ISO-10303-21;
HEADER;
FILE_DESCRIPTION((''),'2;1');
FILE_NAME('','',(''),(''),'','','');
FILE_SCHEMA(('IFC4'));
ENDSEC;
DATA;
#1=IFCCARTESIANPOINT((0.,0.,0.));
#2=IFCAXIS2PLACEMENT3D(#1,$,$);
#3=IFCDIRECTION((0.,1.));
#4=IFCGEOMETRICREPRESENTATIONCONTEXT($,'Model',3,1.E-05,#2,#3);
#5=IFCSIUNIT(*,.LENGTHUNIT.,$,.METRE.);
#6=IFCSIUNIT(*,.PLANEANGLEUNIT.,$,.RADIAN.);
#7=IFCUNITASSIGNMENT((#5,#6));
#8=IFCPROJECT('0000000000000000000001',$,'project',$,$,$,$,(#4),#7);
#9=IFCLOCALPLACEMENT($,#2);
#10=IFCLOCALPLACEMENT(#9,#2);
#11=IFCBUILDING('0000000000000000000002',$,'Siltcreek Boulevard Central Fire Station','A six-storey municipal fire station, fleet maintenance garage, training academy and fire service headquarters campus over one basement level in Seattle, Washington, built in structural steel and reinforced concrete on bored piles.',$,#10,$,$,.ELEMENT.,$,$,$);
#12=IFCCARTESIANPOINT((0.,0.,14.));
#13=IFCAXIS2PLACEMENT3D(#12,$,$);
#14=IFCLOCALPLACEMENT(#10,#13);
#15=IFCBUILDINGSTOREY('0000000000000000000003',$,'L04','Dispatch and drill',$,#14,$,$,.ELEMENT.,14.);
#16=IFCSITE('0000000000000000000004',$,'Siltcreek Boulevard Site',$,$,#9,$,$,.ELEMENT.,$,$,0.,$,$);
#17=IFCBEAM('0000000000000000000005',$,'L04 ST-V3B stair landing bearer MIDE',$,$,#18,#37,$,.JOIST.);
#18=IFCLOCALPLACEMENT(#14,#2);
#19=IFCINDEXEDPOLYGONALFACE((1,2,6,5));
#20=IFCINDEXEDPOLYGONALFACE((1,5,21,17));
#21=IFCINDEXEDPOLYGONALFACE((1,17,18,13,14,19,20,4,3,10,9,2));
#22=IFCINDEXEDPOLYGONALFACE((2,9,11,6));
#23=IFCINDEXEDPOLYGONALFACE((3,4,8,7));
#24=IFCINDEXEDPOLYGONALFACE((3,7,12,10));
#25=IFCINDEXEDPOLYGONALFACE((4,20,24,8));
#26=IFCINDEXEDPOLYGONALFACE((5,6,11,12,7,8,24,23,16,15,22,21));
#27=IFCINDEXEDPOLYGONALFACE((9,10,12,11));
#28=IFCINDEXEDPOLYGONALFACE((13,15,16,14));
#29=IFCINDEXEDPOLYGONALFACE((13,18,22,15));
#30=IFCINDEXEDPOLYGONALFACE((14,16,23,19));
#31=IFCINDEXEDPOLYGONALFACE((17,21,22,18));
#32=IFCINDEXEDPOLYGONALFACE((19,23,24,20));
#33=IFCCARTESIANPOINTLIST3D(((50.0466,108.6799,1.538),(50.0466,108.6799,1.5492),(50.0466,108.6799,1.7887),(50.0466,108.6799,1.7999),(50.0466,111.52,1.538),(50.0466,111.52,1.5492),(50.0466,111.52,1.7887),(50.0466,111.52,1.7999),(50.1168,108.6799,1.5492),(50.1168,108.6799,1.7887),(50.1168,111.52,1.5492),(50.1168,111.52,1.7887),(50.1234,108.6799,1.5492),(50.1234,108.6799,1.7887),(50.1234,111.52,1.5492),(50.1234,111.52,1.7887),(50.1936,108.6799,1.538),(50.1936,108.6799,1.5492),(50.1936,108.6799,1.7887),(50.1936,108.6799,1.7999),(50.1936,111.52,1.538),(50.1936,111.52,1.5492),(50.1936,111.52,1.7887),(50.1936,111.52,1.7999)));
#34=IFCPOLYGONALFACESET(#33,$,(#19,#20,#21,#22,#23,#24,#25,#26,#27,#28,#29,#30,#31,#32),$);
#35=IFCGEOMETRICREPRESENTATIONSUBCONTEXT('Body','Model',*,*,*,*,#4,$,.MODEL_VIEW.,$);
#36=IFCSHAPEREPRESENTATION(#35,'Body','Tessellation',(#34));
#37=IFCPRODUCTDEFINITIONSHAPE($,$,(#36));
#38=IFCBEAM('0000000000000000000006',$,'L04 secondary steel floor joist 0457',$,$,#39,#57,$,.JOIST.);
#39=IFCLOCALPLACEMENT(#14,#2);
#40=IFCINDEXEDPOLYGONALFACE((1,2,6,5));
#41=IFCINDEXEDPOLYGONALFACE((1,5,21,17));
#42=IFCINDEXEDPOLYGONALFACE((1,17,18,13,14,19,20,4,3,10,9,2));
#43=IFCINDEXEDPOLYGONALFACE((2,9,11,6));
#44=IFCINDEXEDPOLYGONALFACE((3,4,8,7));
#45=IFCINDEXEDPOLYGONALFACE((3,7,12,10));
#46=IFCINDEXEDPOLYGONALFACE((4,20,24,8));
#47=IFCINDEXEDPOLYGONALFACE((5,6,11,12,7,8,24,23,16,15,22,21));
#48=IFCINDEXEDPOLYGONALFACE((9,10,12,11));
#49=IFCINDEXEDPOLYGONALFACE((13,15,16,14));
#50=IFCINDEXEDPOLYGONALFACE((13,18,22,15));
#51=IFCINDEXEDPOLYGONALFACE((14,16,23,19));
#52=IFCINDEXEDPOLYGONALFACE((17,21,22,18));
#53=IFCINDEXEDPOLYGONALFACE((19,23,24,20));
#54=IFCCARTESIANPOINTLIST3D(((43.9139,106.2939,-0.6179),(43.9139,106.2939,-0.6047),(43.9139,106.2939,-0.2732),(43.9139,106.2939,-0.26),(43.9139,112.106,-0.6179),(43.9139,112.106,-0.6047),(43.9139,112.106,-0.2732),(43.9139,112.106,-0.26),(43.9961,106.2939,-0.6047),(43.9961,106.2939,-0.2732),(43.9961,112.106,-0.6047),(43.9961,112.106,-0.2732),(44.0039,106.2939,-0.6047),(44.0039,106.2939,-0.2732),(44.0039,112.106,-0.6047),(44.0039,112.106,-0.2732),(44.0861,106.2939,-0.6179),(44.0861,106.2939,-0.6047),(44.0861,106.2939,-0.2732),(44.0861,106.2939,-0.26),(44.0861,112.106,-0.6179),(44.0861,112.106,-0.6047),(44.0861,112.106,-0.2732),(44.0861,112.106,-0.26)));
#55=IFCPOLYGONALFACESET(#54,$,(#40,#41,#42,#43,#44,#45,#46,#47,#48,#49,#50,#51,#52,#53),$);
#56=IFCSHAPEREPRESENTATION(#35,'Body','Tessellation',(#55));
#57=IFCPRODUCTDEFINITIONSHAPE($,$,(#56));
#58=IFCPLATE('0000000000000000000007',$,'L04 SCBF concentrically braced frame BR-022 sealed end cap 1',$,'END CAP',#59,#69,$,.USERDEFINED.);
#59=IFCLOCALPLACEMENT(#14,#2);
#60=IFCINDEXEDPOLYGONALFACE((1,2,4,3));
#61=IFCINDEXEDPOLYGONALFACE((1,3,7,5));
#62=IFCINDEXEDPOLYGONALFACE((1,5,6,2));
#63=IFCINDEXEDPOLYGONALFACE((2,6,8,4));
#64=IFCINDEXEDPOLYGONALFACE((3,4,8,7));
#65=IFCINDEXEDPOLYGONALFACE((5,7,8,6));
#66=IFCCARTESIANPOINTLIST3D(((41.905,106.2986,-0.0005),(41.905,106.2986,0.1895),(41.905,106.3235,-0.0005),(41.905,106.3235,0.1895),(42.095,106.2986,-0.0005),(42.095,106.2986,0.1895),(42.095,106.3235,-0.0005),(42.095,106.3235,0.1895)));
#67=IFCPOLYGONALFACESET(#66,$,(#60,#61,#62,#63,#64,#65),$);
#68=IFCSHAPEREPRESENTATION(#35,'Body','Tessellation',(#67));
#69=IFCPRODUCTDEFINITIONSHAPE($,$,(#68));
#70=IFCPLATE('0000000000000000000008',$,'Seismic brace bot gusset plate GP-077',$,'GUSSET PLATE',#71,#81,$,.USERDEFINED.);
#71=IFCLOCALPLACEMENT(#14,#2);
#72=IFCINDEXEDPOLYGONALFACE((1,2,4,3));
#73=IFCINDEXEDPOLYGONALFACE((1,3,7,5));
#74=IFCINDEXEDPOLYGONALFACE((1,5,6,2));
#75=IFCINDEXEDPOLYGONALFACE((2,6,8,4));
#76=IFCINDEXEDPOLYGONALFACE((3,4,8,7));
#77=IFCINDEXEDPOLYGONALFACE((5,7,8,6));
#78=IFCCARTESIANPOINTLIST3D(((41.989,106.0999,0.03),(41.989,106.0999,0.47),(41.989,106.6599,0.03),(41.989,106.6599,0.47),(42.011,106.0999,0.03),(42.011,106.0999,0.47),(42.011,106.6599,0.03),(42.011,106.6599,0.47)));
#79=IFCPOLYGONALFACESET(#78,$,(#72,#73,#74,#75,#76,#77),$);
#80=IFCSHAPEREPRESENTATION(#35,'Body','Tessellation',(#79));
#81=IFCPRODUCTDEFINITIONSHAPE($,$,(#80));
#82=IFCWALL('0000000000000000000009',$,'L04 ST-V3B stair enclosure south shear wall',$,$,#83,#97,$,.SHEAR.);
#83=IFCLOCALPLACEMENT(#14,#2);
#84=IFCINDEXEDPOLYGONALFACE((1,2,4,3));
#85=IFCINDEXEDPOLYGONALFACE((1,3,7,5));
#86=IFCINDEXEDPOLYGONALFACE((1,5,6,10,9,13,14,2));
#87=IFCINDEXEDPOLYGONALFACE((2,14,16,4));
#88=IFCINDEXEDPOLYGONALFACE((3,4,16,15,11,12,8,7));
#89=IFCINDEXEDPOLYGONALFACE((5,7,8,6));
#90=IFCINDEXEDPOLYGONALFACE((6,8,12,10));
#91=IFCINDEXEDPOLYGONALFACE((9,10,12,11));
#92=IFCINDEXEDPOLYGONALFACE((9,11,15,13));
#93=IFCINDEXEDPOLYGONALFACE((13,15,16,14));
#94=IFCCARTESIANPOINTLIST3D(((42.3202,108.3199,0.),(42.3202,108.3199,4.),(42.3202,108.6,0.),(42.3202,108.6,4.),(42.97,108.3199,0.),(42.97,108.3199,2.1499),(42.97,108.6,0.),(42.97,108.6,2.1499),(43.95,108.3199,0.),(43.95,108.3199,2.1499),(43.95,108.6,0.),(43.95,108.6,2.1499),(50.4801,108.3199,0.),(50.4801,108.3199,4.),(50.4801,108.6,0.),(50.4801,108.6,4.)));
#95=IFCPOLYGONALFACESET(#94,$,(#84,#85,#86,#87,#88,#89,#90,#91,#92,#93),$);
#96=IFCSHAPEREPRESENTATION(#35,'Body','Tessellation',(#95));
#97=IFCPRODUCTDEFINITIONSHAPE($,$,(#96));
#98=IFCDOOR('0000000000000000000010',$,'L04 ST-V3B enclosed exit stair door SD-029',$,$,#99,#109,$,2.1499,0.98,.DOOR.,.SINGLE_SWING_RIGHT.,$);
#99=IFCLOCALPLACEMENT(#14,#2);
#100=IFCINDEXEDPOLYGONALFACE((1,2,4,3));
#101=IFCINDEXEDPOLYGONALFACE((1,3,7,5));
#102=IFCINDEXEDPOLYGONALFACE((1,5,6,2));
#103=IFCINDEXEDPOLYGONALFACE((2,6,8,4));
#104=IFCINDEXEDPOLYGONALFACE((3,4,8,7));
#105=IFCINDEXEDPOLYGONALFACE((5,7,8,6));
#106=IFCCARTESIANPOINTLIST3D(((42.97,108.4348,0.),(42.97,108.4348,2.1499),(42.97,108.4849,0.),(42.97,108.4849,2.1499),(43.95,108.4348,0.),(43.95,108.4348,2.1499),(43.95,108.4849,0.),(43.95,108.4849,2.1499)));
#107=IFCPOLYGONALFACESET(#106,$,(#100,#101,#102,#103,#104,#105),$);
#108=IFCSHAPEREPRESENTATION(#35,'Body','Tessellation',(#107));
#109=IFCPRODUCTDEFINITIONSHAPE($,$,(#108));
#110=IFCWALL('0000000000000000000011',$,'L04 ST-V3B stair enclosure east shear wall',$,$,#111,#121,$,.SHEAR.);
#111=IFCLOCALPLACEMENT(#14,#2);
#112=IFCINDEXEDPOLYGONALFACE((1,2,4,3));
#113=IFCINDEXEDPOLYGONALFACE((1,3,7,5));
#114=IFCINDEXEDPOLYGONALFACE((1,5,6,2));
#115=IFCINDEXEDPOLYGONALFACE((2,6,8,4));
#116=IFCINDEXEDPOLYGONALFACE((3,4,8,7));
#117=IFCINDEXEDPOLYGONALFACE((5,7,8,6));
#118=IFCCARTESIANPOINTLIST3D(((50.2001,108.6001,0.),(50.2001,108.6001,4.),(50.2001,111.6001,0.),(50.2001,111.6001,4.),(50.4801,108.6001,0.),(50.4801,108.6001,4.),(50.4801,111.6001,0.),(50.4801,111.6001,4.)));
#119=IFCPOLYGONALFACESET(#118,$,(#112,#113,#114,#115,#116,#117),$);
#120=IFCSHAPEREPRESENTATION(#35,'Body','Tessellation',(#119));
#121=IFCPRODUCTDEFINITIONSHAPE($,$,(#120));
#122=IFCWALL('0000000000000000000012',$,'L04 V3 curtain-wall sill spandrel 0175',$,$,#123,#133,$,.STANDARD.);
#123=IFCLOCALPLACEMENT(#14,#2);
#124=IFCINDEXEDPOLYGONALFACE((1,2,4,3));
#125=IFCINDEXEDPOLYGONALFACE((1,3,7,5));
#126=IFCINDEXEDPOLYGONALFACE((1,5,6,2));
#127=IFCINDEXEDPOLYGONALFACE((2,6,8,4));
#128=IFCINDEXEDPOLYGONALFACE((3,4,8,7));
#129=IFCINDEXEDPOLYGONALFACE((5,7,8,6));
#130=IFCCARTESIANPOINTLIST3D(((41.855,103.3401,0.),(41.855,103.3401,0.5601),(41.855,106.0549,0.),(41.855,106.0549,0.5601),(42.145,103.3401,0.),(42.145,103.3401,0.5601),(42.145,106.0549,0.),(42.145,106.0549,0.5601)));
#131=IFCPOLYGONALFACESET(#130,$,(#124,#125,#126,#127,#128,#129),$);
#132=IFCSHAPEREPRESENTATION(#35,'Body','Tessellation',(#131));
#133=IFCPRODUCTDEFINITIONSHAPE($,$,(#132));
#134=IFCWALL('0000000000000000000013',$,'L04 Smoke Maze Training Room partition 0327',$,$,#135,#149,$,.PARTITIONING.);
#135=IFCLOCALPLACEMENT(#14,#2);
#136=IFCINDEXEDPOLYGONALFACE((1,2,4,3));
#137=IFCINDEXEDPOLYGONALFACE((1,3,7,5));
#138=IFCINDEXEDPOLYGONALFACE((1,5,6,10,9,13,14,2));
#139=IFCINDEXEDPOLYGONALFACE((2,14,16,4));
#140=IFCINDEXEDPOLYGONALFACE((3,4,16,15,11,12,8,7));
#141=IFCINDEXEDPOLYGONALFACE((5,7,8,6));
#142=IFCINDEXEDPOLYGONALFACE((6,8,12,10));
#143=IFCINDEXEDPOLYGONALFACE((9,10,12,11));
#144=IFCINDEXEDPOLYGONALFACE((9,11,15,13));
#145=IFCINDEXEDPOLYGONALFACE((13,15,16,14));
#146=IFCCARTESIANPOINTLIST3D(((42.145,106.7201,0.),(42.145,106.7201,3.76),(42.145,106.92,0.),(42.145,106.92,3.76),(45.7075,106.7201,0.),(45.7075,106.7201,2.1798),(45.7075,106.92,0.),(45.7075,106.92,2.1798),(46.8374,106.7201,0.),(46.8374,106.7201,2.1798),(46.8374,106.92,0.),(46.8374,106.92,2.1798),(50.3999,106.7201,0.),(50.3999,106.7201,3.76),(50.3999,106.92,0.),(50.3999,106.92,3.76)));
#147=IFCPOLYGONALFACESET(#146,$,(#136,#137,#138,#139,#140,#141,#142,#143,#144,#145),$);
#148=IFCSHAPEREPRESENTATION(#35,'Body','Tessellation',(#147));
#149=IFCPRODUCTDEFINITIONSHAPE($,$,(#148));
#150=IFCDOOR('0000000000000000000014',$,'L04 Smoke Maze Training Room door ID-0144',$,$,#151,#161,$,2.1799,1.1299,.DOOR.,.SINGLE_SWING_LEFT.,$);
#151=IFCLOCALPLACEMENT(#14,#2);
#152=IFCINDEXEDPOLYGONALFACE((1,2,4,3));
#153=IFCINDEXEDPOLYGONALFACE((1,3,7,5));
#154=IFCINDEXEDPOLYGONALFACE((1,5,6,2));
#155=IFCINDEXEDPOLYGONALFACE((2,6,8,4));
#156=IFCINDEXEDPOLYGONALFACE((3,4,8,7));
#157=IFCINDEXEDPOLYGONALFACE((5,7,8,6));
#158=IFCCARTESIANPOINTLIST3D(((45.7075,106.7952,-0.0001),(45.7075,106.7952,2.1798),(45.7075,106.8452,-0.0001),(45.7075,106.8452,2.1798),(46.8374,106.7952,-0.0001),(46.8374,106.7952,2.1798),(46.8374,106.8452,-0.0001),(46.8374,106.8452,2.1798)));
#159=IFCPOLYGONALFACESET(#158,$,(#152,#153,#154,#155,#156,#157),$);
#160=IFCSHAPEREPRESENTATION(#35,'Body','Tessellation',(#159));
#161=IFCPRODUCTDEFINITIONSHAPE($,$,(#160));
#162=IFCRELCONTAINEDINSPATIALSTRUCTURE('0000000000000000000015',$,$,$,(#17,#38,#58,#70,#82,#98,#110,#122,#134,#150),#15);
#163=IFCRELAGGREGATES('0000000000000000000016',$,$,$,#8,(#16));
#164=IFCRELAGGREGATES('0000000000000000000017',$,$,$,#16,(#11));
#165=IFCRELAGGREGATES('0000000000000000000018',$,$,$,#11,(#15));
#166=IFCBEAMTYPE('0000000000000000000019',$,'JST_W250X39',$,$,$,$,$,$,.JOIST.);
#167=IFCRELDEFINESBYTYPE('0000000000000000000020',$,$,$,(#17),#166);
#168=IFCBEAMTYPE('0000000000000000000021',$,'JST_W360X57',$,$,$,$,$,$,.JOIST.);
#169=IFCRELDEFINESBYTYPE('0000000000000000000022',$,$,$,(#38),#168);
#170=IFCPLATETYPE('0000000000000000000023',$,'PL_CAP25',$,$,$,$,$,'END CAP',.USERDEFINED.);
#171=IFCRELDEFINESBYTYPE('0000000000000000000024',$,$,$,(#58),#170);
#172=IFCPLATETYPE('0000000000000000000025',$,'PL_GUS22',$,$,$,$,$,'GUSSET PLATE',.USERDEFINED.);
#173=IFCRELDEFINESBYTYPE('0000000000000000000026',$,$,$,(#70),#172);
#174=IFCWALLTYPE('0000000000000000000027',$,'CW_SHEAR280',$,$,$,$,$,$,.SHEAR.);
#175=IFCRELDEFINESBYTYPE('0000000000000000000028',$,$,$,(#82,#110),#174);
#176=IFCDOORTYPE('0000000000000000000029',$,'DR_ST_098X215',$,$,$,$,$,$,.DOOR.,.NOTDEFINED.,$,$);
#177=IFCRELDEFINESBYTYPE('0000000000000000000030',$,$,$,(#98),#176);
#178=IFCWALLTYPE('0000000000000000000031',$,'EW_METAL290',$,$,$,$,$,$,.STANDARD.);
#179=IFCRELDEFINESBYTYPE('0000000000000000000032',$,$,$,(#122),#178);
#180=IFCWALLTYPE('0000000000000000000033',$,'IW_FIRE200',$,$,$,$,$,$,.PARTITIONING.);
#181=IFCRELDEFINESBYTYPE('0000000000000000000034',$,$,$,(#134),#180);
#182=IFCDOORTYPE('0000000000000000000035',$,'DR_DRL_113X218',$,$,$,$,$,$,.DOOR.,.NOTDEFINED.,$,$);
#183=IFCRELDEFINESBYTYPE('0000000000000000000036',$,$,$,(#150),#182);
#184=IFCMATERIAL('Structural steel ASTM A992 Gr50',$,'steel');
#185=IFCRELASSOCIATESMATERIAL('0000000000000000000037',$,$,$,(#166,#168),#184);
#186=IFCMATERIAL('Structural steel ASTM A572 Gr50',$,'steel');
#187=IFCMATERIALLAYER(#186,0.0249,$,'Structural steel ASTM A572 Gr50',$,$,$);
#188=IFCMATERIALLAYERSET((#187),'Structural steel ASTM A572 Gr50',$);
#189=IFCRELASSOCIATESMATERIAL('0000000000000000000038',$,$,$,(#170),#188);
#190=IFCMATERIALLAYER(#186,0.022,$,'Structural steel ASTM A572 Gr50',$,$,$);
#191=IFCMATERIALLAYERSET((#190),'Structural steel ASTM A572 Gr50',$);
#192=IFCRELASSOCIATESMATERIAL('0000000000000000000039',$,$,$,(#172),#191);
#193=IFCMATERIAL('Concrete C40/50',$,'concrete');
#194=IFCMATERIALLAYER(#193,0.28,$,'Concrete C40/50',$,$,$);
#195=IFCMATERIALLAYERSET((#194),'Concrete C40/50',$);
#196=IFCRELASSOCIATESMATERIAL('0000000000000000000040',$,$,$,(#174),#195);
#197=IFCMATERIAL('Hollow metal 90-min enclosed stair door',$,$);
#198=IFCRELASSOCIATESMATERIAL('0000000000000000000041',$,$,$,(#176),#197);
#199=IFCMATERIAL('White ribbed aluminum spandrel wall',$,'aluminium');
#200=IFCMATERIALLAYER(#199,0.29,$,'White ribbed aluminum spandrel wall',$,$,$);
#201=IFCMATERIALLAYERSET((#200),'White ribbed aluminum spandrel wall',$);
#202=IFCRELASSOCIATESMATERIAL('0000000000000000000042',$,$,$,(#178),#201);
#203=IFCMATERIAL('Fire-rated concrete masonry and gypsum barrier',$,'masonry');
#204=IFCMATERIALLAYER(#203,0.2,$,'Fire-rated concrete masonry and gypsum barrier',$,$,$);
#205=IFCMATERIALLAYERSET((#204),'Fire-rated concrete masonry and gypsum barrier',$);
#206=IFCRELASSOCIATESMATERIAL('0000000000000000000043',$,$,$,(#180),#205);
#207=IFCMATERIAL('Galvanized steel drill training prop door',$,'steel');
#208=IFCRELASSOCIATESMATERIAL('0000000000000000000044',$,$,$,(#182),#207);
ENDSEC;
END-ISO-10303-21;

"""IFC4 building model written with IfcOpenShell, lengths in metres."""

from ifc_helpers import new_model, si_unit, direction, frame, frame_2d, origin, origin_2d, place, context, subcontext, project, spatial, rectangle, i_section, extrude, material, layer, layer_set, material_profile, profile_set, type_object, element, fill, save


model = new_model("IFC4")

# Units and contexts
model_context = context("Model", 3, precision=1e-05, world=origin(), true_north=direction((0.0, 1.0)))
body_context = subcontext(model_context, "Body", "Model", "MODEL_VIEW")
ifc_project = project(units=[si_unit("LENGTHUNIT", "METRE"), si_unit("PLANEANGLEUNIT", "RADIAN")], contexts=[model_context])

# Site, building, storey
site_placement = place(None, origin())
site = spatial("IfcSite", under=ifc_project, at=site_placement, Name="Siltcreek Boulevard Site", CompositionType="ELEMENT", RefElevation=0.0)
building_placement = place(site_placement, origin())
building = spatial("IfcBuilding", under=site, at=building_placement, Name="Siltcreek Boulevard Central Fire Station", Description="A six-storey municipal fire station, fleet maintenance garage, training academy and fire service headquarters campus over one basement level in Seattle, Washington, built in structural steel and reinforced concrete on bored piles.", CompositionType="ELEMENT")
storey_placement = place(building_placement, frame((0.0, 0.0, 14.0)))
storey = spatial("IfcBuildingStorey", under=building, at=storey_placement, Name="L04", Description="Dispatch and drill", CompositionType="ELEMENT", Elevation=14.0)

# Shared definitions
ifc_material_1 = material(Name="Structural steel ASTM A992 Gr50", Category="steel")

# Beams
ifc_material_profile_1 = material_profile(ifc_material_1, i_section(OverallWidth=0.147, OverallDepth=0.262, WebThickness=0.0066, FlangeThickness=0.0112, at=origin_2d()), Name="W250X39")
ifc_profile_set_1 = profile_set([ifc_material_profile_1], Name="Structural steel ASTM A992 Gr50")
beam_type_1 = type_object("IfcBeamType", Name="JST_W250X39", PredefinedType="JOIST", material=ifc_profile_set_1)
for number, where, z_axis, x_axis, name in (
    (1, (50.1201, 108.6799, 1.6689), (0.0, 1.0, 0.0), (-1.0, 0.0, 0.0), "L04 ST-V3B stair landing bearer MIDE"),
):
    element("IfcBeam", number, at=place(storey_placement, frame(where, z_axis=z_axis, x_axis=x_axis)), inside=storey, type_object=beam_type_1, Name=name, PredefinedType="JOIST", context=body_context, shape_type="SweptSolid", body=[
        extrude(i_section(OverallWidth=0.147, OverallDepth=0.262, WebThickness=0.0066, FlangeThickness=0.0112, at=origin_2d()), origin(), (0.0, 0.0, 1.0), 2.8401),
    ])
ifc_material_profile_2 = material_profile(ifc_material_1, i_section(OverallWidth=0.1721, OverallDepth=0.3579, WebThickness=0.0078, FlangeThickness=0.0132, at=origin_2d()), Name="W360X57")
ifc_profile_set_2 = profile_set([ifc_material_profile_2], Name="Structural steel ASTM A992 Gr50")
beam_type_2 = type_object("IfcBeamType", Name="JST_W360X57", PredefinedType="JOIST", material=ifc_profile_set_2)
beam_1_placement = place(storey_placement, frame((44.0, 106.2939, -0.439), z_axis=(0.0, 1.0, 0.0), x_axis=(-1.0, 0.0, 0.0)))
element("IfcBeam", 2, at=beam_1_placement, inside=storey, type_object=beam_type_2, Name="L04 secondary steel floor joist 0457", PredefinedType="JOIST", context=body_context, shape_type="SweptSolid", body=[
    extrude(i_section(OverallWidth=0.1721, OverallDepth=0.3579, WebThickness=0.0078, FlangeThickness=0.0132, at=origin_2d()), origin(), (0.0, 0.0, 1.0), 5.812),
])

# Plates
ifc_material_2 = material(Name="Structural steel ASTM A572 Gr50", Category="steel")
ifc_layer_1 = layer(ifc_material_2, 0.0249, Name="Structural steel ASTM A572 Gr50")
ifc_layer_set_1 = layer_set([ifc_layer_1], Name="Structural steel ASTM A572 Gr50")
plate_type_1 = type_object("IfcPlateType", Name="PL_CAP25", ElementType="END CAP", PredefinedType="USERDEFINED", material=ifc_layer_set_1)
plate_1_placement = place(storey_placement, frame((42.0, 106.311, -0.0005), z_axis=(0.0, 0.0, 1.0), x_axis=(0.0, 1.0, 0.0)))
element("IfcPlate", 3, at=plate_1_placement, inside=storey, type_object=plate_type_1, Name="L04 SCBF concentrically braced frame BR-022 sealed end cap 1", ObjectType="END CAP", PredefinedType="USERDEFINED", context=body_context, shape_type="SweptSolid", body=[
    extrude(rectangle(XDim=0.0249, YDim=0.1899, at=origin_2d()), origin(), (0.0, 0.0, 1.0), 0.1899),
])
ifc_layer_2 = layer(ifc_material_2, 0.022, Name="Structural steel ASTM A572 Gr50")
ifc_layer_set_2 = layer_set([ifc_layer_2], Name="Structural steel ASTM A572 Gr50")
plate_type_2 = type_object("IfcPlateType", Name="PL_GUS22", ElementType="GUSSET PLATE", PredefinedType="USERDEFINED", material=ifc_layer_set_2)
plate_2_placement = place(storey_placement, frame((42.0, 106.3799, 0.03), z_axis=(0.0, 0.0, 1.0), x_axis=(0.0, 1.0, 0.0)))
element("IfcPlate", 4, at=plate_2_placement, inside=storey, type_object=plate_type_2, Name="Seismic brace bot gusset plate GP-077", ObjectType="GUSSET PLATE", PredefinedType="USERDEFINED", context=body_context, shape_type="SweptSolid", body=[
    extrude(rectangle(XDim=0.5601, YDim=0.022, at=origin_2d()), origin(), (0.0, 0.0, 1.0), 0.4399),
])

# Wall, opening, door
ifc_material_3 = material(Name="Concrete C40/50", Category="concrete")
ifc_layer_3 = layer(ifc_material_3, 0.28, Name="Concrete C40/50")
ifc_layer_set_3 = layer_set([ifc_layer_3], Name="Concrete C40/50")
wall_type_1 = type_object("IfcWallType", Name="CW_SHEAR280", PredefinedType="SHEAR", material=ifc_layer_set_3)
wall_1_placement = place(storey_placement, frame((42.3201, 108.46, 0.0), z_axis=(0.0, 0.0, 1.0), x_axis=(1.0, 0.0, 0.0)))
wall_1 = element("IfcWall", 5, at=wall_1_placement, inside=storey, type_object=wall_type_1, Name="L04 ST-V3B stair enclosure south shear wall", PredefinedType="SHEAR", context=body_context, shape_type="SweptSolid", body=[
    extrude(rectangle(XDim=8.1599, YDim=0.28, at=frame_2d((4.0801, 0.0))), origin(), (0.0, 0.0, 1.0), 4.0),
])
opening_1_placement = place(wall_1_placement, frame((0.6499, 0.0, 0.0)))
opening_1 = element("IfcOpeningElement", 6, at=opening_1_placement, cuts=wall_1, PredefinedType="OPENING", context=body_context, shape_type="SweptSolid", body=[
    extrude(rectangle(XDim=0.98, YDim=2.1499, at=frame_2d((0.49, 1.075))), frame((0.0, 0.1499, 0.0), z_axis=(0.0, -1.0, 0.0), x_axis=(1.0, 0.0, 0.0)), (0.0, 0.0, 1.0), 0.3),
])
ifc_material_4 = material(Name="Hollow metal 90-min enclosed stair door")
door_type_1 = type_object("IfcDoorType", Name="DR_ST_098X215", OperationType="NOTDEFINED", PredefinedType="DOOR", material=ifc_material_4)
door_1_placement = place(opening_1_placement, origin())
door_1 = element("IfcDoor", 7, at=door_1_placement, inside=storey, type_object=door_type_1, Name="L04 ST-V3B enclosed exit stair door SD-029", OperationType="SINGLE_SWING_RIGHT", OverallHeight=2.1499, OverallWidth=0.98, PredefinedType="DOOR", context=body_context, shape_type="SweptSolid", body=[
    extrude(rectangle(XDim=0.98, YDim=2.1499, at=frame_2d((0.49, 1.075))), frame((0.0, 0.0249, 0.0), z_axis=(0.0, -1.0, 0.0), x_axis=(1.0, 0.0, 0.0)), (0.0, 0.0, 1.0), 0.05),
])
fill(opening_1, door_1)

# Walls
wall_2_placement = place(storey_placement, frame((50.3401, 108.6001, 0.0), z_axis=(0.0, 0.0, 1.0), x_axis=(0.0, 1.0, 0.0)))
element("IfcWall", 8, at=wall_2_placement, inside=storey, type_object=wall_type_1, Name="L04 ST-V3B stair enclosure east shear wall", PredefinedType="SHEAR", context=body_context, shape_type="SweptSolid", body=[
    extrude(rectangle(XDim=3.0, YDim=0.28, at=frame_2d((1.5, 0.0))), origin(), (0.0, 0.0, 1.0), 4.0),
])
ifc_material_5 = material(Name="White ribbed aluminum spandrel wall", Category="aluminium")
ifc_layer_4 = layer(ifc_material_5, 0.29, Name="White ribbed aluminum spandrel wall")
ifc_layer_set_4 = layer_set([ifc_layer_4], Name="White ribbed aluminum spandrel wall")
wall_type_2 = type_object("IfcWallType", Name="EW_METAL290", PredefinedType="STANDARD", material=ifc_layer_set_4)
wall_3_placement = place(storey_placement, frame((42.0, 106.0549, 0.0), z_axis=(0.0, 0.0, 1.0), x_axis=(0.0, -1.0, 0.0)))
element("IfcWall", 9, at=wall_3_placement, inside=storey, type_object=wall_type_2, Name="L04 V3 curtain-wall sill spandrel 0175", PredefinedType="STANDARD", context=body_context, shape_type="SweptSolid", body=[
    extrude(rectangle(XDim=2.7148, YDim=0.29, at=frame_2d((1.3574, 0.0))), origin(), (0.0, 0.0, 1.0), 0.5601),
])

# Wall, opening, door
ifc_material_6 = material(Name="Fire-rated concrete masonry and gypsum barrier", Category="masonry")
ifc_layer_5 = layer(ifc_material_6, 0.2, Name="Fire-rated concrete masonry and gypsum barrier")
ifc_layer_set_5 = layer_set([ifc_layer_5], Name="Fire-rated concrete masonry and gypsum barrier")
wall_type_3 = type_object("IfcWallType", Name="IW_FIRE200", PredefinedType="PARTITIONING", material=ifc_layer_set_5)
wall_4_placement = place(storey_placement, frame((42.145, 106.8201, 0.0), z_axis=(0.0, 0.0, 1.0), x_axis=(1.0, 0.0, 0.0)))
wall_4 = element("IfcWall", 10, at=wall_4_placement, inside=storey, type_object=wall_type_3, Name="L04 Smoke Maze Training Room partition 0327", PredefinedType="PARTITIONING", context=body_context, shape_type="SweptSolid", body=[
    extrude(rectangle(XDim=8.2549, YDim=0.2, at=frame_2d((4.1274, 0.0))), origin(), (0.0, 0.0, 1.0), 3.76),
])
opening_2_placement = place(wall_4_placement, frame((3.5625, 0.0, 0.0)))
opening_2 = element("IfcOpeningElement", 11, at=opening_2_placement, cuts=wall_4, PredefinedType="OPENING", context=body_context, shape_type="SweptSolid", body=[
    extrude(rectangle(XDim=1.1299, YDim=2.1799, at=frame_2d((0.5649, 1.0898))), frame((0.0, 0.1099, 0.0), z_axis=(0.0, -1.0, 0.0), x_axis=(1.0, 0.0, 0.0)), (0.0, 0.0, 1.0), 0.22),
])
ifc_material_7 = material(Name="Galvanized steel drill training prop door", Category="steel")
door_type_2 = type_object("IfcDoorType", Name="DR_DRL_113X218", OperationType="NOTDEFINED", PredefinedType="DOOR", material=ifc_material_7)
door_2_placement = place(opening_2_placement, frame((1.1299, 0.0, 0.0), z_axis=(0.0, 0.0, 1.0), x_axis=(-1.0, 0.0, 0.0)))
door_2 = element("IfcDoor", 12, at=door_2_placement, inside=storey, type_object=door_type_2, Name="L04 Smoke Maze Training Room door ID-0144", OperationType="SINGLE_SWING_LEFT", OverallHeight=2.1799, OverallWidth=1.1299, PredefinedType="DOOR", context=body_context, shape_type="SweptSolid", body=[
    extrude(rectangle(XDim=1.1299, YDim=2.1799, at=frame_2d((0.5649, 1.0898))), frame((0.0, 0.0249, 0.0), z_axis=(0.0, -1.0, 0.0), x_axis=(1.0, 0.0, 0.0)), (0.0, 0.0, 1.0), 0.05),
])
fill(opening_2, door_2)

save(model, "model.ifc")
